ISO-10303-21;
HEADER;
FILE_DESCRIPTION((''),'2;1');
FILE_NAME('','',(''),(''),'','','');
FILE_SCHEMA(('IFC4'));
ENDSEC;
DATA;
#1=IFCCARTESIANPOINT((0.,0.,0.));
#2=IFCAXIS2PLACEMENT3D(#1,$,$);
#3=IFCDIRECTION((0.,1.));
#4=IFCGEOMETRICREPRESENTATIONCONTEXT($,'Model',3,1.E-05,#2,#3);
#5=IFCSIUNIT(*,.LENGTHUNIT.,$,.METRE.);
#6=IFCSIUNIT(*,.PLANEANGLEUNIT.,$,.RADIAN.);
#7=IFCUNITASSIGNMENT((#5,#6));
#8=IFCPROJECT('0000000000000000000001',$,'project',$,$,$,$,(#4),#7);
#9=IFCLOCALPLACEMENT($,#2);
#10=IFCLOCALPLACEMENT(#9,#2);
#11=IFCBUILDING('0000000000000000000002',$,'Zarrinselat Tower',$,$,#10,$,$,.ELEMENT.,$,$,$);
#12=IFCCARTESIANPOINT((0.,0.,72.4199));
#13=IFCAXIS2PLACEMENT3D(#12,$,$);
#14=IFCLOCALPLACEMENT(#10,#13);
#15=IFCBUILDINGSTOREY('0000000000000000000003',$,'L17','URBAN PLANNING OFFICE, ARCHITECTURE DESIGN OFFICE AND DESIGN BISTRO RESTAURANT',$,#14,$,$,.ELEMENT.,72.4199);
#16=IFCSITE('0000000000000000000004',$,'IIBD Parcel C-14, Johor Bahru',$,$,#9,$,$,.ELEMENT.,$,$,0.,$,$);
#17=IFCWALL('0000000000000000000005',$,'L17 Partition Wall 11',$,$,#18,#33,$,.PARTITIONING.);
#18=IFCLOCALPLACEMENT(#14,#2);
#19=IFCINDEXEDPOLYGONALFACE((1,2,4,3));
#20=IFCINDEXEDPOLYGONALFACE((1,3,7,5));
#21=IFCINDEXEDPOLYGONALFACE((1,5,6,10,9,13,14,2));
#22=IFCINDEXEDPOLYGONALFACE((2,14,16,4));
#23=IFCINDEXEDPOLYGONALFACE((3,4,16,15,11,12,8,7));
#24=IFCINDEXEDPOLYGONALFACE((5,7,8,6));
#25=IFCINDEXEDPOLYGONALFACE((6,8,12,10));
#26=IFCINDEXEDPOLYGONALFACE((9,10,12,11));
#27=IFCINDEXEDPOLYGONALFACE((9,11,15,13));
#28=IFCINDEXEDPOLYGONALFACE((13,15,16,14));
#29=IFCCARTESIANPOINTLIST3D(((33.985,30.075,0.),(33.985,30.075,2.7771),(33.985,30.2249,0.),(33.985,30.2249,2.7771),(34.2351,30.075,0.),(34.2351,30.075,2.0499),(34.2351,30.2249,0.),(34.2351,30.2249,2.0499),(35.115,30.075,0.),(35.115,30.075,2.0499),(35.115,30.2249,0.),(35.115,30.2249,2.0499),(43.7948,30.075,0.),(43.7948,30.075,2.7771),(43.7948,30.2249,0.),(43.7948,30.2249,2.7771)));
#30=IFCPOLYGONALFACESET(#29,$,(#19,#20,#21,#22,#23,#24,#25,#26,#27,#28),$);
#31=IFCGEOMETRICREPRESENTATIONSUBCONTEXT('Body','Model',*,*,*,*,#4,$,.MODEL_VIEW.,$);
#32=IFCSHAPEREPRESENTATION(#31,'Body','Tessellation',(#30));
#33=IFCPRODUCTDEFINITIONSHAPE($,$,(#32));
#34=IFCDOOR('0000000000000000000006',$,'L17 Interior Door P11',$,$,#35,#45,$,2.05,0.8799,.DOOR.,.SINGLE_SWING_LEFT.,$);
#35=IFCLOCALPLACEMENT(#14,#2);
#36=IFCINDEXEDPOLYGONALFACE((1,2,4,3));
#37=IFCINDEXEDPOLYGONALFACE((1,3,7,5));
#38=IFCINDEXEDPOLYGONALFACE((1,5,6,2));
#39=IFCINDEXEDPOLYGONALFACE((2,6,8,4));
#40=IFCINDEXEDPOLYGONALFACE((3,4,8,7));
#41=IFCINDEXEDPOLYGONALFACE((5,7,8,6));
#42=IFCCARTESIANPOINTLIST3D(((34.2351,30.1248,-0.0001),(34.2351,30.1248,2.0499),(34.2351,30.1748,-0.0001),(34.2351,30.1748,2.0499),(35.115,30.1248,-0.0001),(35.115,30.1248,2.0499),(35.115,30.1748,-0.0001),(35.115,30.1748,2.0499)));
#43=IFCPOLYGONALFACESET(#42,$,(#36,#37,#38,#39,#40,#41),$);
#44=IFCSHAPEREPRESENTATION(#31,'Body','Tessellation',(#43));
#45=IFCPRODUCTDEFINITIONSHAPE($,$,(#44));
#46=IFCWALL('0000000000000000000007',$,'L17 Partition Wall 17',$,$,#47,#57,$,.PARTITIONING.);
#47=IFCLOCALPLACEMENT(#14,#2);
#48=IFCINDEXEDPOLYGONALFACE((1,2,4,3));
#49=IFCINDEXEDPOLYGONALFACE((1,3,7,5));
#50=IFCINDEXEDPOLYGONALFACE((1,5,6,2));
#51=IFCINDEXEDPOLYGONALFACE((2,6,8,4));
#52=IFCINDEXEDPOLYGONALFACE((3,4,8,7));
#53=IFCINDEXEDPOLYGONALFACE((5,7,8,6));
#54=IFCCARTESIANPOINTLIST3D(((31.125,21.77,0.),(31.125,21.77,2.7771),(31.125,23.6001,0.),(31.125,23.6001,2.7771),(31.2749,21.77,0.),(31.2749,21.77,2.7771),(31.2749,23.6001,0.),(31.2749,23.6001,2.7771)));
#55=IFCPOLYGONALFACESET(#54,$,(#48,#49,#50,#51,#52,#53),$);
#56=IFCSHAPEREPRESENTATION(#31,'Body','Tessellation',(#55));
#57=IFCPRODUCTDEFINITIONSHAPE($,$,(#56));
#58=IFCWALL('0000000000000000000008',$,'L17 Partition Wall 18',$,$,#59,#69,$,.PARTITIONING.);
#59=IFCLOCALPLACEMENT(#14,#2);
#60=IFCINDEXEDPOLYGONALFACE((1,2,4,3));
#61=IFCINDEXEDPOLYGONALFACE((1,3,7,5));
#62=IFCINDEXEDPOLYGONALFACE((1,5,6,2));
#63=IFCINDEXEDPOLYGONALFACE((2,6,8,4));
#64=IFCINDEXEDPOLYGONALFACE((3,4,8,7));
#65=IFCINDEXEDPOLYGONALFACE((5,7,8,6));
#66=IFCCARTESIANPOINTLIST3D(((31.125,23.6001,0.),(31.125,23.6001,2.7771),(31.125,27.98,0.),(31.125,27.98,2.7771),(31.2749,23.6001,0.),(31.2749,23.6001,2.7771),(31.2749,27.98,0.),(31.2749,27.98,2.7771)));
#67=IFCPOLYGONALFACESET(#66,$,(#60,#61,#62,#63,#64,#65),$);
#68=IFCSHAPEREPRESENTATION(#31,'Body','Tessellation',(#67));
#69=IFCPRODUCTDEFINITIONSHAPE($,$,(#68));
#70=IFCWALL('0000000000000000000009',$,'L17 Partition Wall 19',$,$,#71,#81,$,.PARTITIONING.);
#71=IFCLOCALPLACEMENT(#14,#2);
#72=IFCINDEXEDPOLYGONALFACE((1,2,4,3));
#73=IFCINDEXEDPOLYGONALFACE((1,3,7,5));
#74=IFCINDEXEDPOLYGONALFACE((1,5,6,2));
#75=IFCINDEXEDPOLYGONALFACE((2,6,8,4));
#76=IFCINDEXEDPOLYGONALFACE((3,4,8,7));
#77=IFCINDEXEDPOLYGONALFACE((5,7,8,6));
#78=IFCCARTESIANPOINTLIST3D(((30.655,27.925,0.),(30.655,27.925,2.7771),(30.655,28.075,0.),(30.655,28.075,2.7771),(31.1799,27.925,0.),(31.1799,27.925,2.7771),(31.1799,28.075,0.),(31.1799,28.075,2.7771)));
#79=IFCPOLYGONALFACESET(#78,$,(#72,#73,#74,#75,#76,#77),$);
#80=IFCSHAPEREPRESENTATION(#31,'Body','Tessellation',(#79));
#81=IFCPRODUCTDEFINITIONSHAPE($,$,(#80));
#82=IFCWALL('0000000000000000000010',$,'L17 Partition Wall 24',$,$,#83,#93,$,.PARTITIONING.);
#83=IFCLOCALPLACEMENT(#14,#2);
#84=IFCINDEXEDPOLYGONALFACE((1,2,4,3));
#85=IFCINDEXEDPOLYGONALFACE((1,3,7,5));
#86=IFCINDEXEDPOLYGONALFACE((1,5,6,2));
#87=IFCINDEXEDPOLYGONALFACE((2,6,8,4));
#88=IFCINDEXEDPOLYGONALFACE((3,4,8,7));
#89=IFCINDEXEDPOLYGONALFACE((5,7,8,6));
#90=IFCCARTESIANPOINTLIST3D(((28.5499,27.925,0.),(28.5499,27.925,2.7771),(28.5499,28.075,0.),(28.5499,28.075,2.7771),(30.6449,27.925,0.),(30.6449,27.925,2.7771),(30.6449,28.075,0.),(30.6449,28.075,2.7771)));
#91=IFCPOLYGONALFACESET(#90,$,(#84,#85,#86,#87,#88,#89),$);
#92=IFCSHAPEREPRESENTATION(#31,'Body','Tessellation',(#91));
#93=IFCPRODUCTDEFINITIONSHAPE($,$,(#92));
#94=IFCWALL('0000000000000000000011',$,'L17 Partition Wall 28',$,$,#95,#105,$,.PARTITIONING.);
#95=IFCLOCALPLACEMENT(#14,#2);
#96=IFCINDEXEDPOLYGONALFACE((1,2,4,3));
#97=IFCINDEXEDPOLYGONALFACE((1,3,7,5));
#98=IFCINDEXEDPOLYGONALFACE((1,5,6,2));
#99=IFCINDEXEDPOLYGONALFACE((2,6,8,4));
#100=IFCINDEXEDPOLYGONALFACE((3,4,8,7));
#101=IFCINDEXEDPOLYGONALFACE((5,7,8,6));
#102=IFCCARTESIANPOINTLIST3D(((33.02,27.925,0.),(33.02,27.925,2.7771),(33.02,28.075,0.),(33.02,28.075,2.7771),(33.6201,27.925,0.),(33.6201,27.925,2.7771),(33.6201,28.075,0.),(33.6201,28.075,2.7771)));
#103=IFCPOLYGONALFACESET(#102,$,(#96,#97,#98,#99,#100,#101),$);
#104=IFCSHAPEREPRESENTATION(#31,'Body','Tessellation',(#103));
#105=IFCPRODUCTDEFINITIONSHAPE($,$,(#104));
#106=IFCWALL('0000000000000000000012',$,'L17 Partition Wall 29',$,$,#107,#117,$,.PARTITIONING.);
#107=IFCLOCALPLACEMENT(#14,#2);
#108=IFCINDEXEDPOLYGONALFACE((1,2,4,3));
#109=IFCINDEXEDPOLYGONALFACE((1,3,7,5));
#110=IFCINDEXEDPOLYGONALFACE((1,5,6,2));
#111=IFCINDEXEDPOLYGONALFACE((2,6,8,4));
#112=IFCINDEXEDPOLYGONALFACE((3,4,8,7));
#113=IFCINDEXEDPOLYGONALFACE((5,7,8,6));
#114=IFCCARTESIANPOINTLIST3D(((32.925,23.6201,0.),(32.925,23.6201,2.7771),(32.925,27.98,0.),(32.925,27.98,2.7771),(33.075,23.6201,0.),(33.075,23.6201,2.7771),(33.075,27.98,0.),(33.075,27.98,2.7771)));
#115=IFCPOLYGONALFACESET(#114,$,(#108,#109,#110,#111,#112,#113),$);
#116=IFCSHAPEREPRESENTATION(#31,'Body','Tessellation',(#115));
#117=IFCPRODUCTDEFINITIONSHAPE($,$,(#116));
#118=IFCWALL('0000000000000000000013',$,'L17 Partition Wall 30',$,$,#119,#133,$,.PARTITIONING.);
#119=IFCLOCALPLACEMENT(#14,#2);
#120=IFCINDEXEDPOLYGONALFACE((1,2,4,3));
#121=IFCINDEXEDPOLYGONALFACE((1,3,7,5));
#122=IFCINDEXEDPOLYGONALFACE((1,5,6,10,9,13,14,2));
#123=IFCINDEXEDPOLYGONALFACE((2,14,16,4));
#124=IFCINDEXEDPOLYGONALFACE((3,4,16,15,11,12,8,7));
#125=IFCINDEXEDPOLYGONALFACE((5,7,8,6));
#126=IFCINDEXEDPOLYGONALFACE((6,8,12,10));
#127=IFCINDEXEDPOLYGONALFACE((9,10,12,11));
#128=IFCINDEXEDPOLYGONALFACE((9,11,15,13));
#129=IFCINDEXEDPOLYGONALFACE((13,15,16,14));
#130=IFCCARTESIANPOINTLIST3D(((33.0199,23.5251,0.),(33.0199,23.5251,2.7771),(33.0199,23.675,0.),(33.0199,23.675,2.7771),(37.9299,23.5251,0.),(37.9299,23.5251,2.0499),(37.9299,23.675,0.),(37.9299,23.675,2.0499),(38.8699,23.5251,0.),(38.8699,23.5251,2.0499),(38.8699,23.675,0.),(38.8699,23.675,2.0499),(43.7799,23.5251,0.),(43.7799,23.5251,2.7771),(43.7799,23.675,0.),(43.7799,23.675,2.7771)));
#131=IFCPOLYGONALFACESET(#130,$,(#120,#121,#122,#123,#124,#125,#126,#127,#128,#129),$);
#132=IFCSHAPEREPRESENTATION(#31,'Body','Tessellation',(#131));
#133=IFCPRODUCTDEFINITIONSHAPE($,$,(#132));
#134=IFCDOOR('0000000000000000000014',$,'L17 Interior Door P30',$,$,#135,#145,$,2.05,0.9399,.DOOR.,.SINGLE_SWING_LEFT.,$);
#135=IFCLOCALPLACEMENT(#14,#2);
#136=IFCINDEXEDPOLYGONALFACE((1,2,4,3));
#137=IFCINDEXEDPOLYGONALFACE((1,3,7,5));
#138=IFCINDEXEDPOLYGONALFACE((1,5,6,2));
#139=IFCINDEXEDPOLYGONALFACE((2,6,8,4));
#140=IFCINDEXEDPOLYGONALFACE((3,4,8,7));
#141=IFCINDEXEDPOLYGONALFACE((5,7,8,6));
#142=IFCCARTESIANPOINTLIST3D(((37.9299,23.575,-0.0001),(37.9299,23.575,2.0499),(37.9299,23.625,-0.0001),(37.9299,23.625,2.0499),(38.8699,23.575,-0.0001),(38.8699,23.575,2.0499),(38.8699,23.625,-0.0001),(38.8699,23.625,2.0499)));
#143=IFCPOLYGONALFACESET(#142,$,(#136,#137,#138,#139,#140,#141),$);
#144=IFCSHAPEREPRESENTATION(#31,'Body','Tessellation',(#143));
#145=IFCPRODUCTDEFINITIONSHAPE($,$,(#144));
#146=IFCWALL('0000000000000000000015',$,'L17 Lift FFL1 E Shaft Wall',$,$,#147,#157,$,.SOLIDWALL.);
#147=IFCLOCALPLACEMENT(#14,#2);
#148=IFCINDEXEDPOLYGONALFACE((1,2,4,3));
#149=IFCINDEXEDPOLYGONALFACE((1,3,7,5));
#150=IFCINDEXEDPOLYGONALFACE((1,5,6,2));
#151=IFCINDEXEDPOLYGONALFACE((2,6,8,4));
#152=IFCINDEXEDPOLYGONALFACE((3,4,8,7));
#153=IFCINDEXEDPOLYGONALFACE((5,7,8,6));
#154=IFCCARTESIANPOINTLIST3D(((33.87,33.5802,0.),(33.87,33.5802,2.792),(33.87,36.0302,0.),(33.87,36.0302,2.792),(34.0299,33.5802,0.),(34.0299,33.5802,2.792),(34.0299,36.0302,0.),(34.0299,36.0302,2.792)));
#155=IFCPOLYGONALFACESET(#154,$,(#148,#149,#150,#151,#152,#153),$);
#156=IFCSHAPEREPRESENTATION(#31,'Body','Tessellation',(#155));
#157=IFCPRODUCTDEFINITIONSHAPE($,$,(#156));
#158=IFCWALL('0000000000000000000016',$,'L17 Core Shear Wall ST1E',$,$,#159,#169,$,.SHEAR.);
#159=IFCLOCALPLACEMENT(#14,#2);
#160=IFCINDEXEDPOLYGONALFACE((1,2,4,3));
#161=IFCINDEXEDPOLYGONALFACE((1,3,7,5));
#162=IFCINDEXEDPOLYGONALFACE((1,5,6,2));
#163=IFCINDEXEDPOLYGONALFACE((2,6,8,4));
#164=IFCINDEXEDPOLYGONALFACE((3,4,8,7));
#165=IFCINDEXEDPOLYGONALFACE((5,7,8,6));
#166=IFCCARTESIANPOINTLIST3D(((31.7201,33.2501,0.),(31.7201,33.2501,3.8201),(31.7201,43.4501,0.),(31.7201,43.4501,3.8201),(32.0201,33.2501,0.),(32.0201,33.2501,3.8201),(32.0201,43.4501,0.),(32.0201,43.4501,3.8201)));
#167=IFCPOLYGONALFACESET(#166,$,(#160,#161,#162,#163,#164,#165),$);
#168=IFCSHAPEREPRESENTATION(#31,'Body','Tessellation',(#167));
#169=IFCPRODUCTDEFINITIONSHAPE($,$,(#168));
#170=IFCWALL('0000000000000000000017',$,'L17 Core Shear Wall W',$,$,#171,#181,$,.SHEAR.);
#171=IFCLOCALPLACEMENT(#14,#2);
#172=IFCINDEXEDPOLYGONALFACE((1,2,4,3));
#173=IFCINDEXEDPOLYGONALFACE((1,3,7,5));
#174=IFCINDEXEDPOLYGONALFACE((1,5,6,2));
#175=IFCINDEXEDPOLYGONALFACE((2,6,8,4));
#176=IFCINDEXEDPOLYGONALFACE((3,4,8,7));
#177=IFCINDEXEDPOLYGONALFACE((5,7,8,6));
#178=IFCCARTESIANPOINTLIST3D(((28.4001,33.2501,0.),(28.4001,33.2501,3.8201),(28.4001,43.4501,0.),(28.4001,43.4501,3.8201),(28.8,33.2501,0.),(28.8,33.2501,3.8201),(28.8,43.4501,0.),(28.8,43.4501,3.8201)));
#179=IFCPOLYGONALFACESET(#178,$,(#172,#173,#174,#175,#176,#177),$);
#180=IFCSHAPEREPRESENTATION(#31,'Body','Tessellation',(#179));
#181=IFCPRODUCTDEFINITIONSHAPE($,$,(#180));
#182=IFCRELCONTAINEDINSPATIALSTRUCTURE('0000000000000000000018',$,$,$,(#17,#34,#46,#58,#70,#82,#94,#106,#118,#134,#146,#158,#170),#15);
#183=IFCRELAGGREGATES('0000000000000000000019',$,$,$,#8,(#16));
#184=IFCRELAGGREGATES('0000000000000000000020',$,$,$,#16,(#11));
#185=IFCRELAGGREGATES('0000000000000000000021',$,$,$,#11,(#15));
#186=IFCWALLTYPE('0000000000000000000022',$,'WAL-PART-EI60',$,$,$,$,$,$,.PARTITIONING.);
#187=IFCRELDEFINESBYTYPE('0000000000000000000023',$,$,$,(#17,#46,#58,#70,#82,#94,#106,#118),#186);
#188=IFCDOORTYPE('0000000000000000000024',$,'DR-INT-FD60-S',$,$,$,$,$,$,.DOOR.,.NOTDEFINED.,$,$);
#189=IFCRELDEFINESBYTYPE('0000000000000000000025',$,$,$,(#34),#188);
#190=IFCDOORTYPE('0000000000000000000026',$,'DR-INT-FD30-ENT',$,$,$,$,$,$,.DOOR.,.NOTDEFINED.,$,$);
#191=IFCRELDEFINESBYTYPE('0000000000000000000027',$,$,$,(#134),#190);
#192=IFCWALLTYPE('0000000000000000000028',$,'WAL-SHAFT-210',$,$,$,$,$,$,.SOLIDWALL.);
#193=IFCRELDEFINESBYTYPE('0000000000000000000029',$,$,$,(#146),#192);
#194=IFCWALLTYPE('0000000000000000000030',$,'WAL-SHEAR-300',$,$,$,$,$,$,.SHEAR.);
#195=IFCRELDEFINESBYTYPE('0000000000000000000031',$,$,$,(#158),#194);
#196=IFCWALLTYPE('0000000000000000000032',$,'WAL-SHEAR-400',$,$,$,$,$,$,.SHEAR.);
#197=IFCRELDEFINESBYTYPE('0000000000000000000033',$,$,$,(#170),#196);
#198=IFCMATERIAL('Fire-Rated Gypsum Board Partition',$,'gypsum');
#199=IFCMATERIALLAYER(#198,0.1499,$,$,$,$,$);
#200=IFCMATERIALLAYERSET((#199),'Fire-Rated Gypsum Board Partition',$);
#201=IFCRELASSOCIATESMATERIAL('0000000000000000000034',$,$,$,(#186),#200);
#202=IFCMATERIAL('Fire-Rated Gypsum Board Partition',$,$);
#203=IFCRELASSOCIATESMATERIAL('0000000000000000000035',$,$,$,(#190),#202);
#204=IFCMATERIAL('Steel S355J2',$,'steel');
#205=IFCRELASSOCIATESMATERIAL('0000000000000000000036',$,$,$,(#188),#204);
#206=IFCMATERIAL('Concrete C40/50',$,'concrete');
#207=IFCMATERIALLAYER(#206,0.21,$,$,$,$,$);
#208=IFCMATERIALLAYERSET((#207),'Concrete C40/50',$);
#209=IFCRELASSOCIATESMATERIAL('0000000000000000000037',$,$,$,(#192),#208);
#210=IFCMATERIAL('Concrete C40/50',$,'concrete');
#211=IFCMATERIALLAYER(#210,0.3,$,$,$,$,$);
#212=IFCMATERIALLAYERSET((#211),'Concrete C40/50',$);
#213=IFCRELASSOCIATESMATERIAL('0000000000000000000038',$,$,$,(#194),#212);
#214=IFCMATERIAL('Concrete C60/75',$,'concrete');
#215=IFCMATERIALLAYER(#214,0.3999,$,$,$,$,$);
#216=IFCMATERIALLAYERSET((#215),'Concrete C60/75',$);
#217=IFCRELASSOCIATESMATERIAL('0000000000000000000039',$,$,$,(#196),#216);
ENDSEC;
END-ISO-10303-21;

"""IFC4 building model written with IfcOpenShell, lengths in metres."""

from ifc_helpers import new_model, si_unit, direction, frame, frame_2d, origin, place, context, subcontext, project, spatial, rectangle, extrude, material, layer, layer_set, type_object, element, fill, save


model = new_model("IFC4")

# Units and contexts
model_context = context("Model", 3, precision=1e-05, world=origin(), true_north=direction((0.0, 1.0)))
body_context = subcontext(model_context, "Body", "Model", "MODEL_VIEW")
ifc_project = project(units=[si_unit("LENGTHUNIT", "METRE"), si_unit("PLANEANGLEUNIT", "RADIAN")], contexts=[model_context])

# Site, building, storey
site_placement = place(None, origin())
site = spatial("IfcSite", under=ifc_project, at=site_placement, Name="IIBD Parcel C-14, Johor Bahru", CompositionType="ELEMENT", RefElevation=0.0)
building_placement = place(site_placement, origin())
building = spatial("IfcBuilding", under=site, at=building_placement, Name="Zarrinselat Tower", CompositionType="ELEMENT")
storey_placement = place(building_placement, frame((0.0, 0.0, 72.4199)))
storey = spatial("IfcBuildingStorey", under=building, at=storey_placement, Name="L17", Description="URBAN PLANNING OFFICE, ARCHITECTURE DESIGN OFFICE AND DESIGN BISTRO RESTAURANT", CompositionType="ELEMENT", Elevation=72.4199)

# Shared definitions
ifc_material_1 = material(Name="Fire-Rated Gypsum Board Partition", Category="gypsum")
ifc_layer_1 = layer(ifc_material_1, 0.1499)
ifc_layer_set_1 = layer_set([ifc_layer_1], Name="Fire-Rated Gypsum Board Partition")
wall_type_1 = type_object("IfcWallType", Name="WAL-PART-EI60", PredefinedType="PARTITIONING", material=ifc_layer_set_1)
ifc_material_2 = material(Name="Fire-Rated Gypsum Board Partition")
door_type_1 = type_object("IfcDoorType", Name="DR-INT-FD30-ENT", OperationType="NOTDEFINED", PredefinedType="DOOR", material=ifc_material_2)

# Wall, opening, door
wall_1_placement = place(storey_placement, frame((33.9851, 30.1499, 0.0), z_axis=(0.0, 0.0, 1.0), x_axis=(1.0, 0.0, 0.0)))
wall_1 = element("IfcWall", 1, at=wall_1_placement, inside=storey, type_object=wall_type_1, Name="L17 Partition Wall 11", PredefinedType="PARTITIONING", context=body_context, shape_type="SweptSolid", body=[
    extrude(rectangle(XDim=9.8098, YDim=0.1499, at=frame_2d((4.9048, 0.0))), origin(), (0.0, 0.0, 1.0), 2.7771),
])
opening_1_placement = place(wall_1_placement, frame((0.25, 0.0, 0.0)))
opening_1 = element("IfcOpeningElement", 2, at=opening_1_placement, cuts=wall_1, PredefinedType="OPENING", context=body_context, shape_type="SweptSolid", body=[
    extrude(rectangle(XDim=0.8799, YDim=2.05, at=frame_2d((0.4399, 1.0249))), frame((0.0, 0.085, 0.0), z_axis=(0.0, -1.0, 0.0), x_axis=(1.0, 0.0, 0.0)), (0.0, 0.0, 1.0), 0.1699),
])
ifc_material_3 = material(Name="Steel S355J2", Category="steel")
door_type_2 = type_object("IfcDoorType", Name="DR-INT-FD60-S", OperationType="NOTDEFINED", PredefinedType="DOOR", material=ifc_material_3)
door_1_placement = place(opening_1_placement, origin())
door_1 = element("IfcDoor", 3, at=door_1_placement, inside=storey, type_object=door_type_2, Name="L17 Interior Door P11", OperationType="SINGLE_SWING_LEFT", OverallHeight=2.05, OverallWidth=0.8799, PredefinedType="DOOR", context=body_context, shape_type="SweptSolid", body=[
    extrude(rectangle(XDim=0.8799, YDim=2.05, at=frame_2d((0.4399, 1.0249))), frame((0.0, 0.0249, 0.0), z_axis=(0.0, -1.0, 0.0), x_axis=(1.0, 0.0, 0.0)), (0.0, 0.0, 1.0), 0.05),
])
fill(opening_1, door_1)

# Walls
wall_2_placement = place(storey_placement, frame((31.2, 21.77, 0.0), z_axis=(0.0, 0.0, 1.0), x_axis=(0.0, 1.0, 0.0)))
element("IfcWall", 4, at=wall_2_placement, inside=storey, type_object=wall_type_1, Name="L17 Partition Wall 17", PredefinedType="PARTITIONING", context=body_context, shape_type="SweptSolid", body=[
    extrude(rectangle(XDim=1.8301, YDim=0.1499, at=frame_2d((0.915, 0.0))), origin(), (0.0, 0.0, 1.0), 2.7771),
])
wall_3_placement = place(storey_placement, frame((31.2, 23.6001, 0.0), z_axis=(0.0, 0.0, 1.0), x_axis=(0.0, 1.0, 0.0)))
element("IfcWall", 5, at=wall_3_placement, inside=storey, type_object=wall_type_1, Name="L17 Partition Wall 18", PredefinedType="PARTITIONING", context=body_context, shape_type="SweptSolid", body=[
    extrude(rectangle(XDim=4.3799, YDim=0.1499, at=frame_2d((2.1899, 0.0))), origin(), (0.0, 0.0, 1.0), 2.7771),
])
wall_4_placement = place(storey_placement, frame((30.655, 28.0, 0.0), z_axis=(0.0, 0.0, 1.0), x_axis=(1.0, 0.0, 0.0)))
element("IfcWall", 6, at=wall_4_placement, inside=storey, type_object=wall_type_1, Name="L17 Partition Wall 19", PredefinedType="PARTITIONING", context=body_context, shape_type="SweptSolid", body=[
    extrude(rectangle(XDim=0.5249, YDim=0.1499, at=frame_2d((0.2625, 0.0))), origin(), (0.0, 0.0, 1.0), 2.7771),
])
wall_5_placement = place(storey_placement, frame((28.55, 28.0, 0.0), z_axis=(0.0, 0.0, 1.0), x_axis=(1.0, 0.0, 0.0)))
element("IfcWall", 7, at=wall_5_placement, inside=storey, type_object=wall_type_1, Name="L17 Partition Wall 24", PredefinedType="PARTITIONING", context=body_context, shape_type="SweptSolid", body=[
    extrude(rectangle(XDim=2.095, YDim=0.1499, at=frame_2d((1.0474, 0.0))), origin(), (0.0, 0.0, 1.0), 2.7771),
])
wall_6_placement = place(storey_placement, frame((33.02, 28.0, 0.0), z_axis=(0.0, 0.0, 1.0), x_axis=(1.0, 0.0, 0.0)))
element("IfcWall", 8, at=wall_6_placement, inside=storey, type_object=wall_type_1, Name="L17 Partition Wall 28", PredefinedType="PARTITIONING", context=body_context, shape_type="SweptSolid", body=[
    extrude(rectangle(XDim=0.6001, YDim=0.1499, at=frame_2d((0.3, 0.0))), origin(), (0.0, 0.0, 1.0), 2.7771),
])
wall_7_placement = place(storey_placement, frame((33.0, 23.6201, 0.0), z_axis=(0.0, 0.0, 1.0), x_axis=(0.0, 1.0, 0.0)))
element("IfcWall", 9, at=wall_7_placement, inside=storey, type_object=wall_type_1, Name="L17 Partition Wall 29", PredefinedType="PARTITIONING", context=body_context, shape_type="SweptSolid", body=[
    extrude(rectangle(XDim=4.3599, YDim=0.1499, at=frame_2d((2.1799, 0.0))), origin(), (0.0, 0.0, 1.0), 2.7771),
])

# Wall, opening, door
wall_8_placement = place(storey_placement, frame((33.02, 23.6001, 0.0), z_axis=(0.0, 0.0, 1.0), x_axis=(1.0, 0.0, 0.0)))
wall_8 = element("IfcWall", 10, at=wall_8_placement, inside=storey, type_object=wall_type_1, Name="L17 Partition Wall 30", PredefinedType="PARTITIONING", context=body_context, shape_type="SweptSolid", body=[
    extrude(rectangle(XDim=10.76, YDim=0.1499, at=frame_2d((5.3799, 0.0))), origin(), (0.0, 0.0, 1.0), 2.7771),
])
opening_2_placement = place(wall_8_placement, frame((4.9099, 0.0, 0.0)))
opening_2 = element("IfcOpeningElement", 11, at=opening_2_placement, cuts=wall_8, PredefinedType="OPENING", context=body_context, shape_type="SweptSolid", body=[
    extrude(rectangle(XDim=0.9399, YDim=2.05, at=frame_2d((0.47, 1.0249))), frame((0.0, 0.085, 0.0), z_axis=(0.0, -1.0, 0.0), x_axis=(1.0, 0.0, 0.0)), (0.0, 0.0, 1.0), 0.1699),
])
door_2_placement = place(opening_2_placement, origin())
door_2 = element("IfcDoor", 12, at=door_2_placement, inside=storey, type_object=door_type_1, Name="L17 Interior Door P30", OperationType="SINGLE_SWING_LEFT", OverallHeight=2.05, OverallWidth=0.9399, PredefinedType="DOOR", context=body_context, shape_type="SweptSolid", body=[
    extrude(rectangle(XDim=0.9399, YDim=2.05, at=frame_2d((0.47, 1.0249))), frame((0.0, 0.0249, 0.0), z_axis=(0.0, -1.0, 0.0), x_axis=(1.0, 0.0, 0.0)), (0.0, 0.0, 1.0), 0.05),
])
fill(opening_2, door_2)

# Walls
ifc_material_4 = material(Name="Concrete C40/50", Category="concrete")
ifc_layer_2 = layer(ifc_material_4, 0.21)
ifc_layer_set_2 = layer_set([ifc_layer_2], Name="Concrete C40/50")
wall_type_2 = type_object("IfcWallType", Name="WAL-SHAFT-210", PredefinedType="SOLIDWALL", material=ifc_layer_set_2)
wall_9_placement = place(storey_placement, frame((33.95, 33.5801, 0.0), z_axis=(0.0, 0.0, 1.0), x_axis=(0.0, 1.0, 0.0)))
element("IfcWall", 13, at=wall_9_placement, inside=storey, type_object=wall_type_2, Name="L17 Lift FFL1 E Shaft Wall", PredefinedType="SOLIDWALL", context=body_context, shape_type="SweptSolid", body=[
    extrude(rectangle(XDim=2.45, YDim=0.1599, at=frame_2d((1.2251, 0.0))), origin(), (0.0, 0.0, 1.0), 2.792),
])
ifc_material_5 = material(Name="Concrete C40/50", Category="concrete")
ifc_layer_3 = layer(ifc_material_5, 0.3)
ifc_layer_set_3 = layer_set([ifc_layer_3], Name="Concrete C40/50")
wall_type_3 = type_object("IfcWallType", Name="WAL-SHEAR-300", PredefinedType="SHEAR", material=ifc_layer_set_3)
wall_10_placement = place(storey_placement, frame((31.8701, 33.25, 0.0), z_axis=(0.0, 0.0, 1.0), x_axis=(0.0, 1.0, 0.0)))
element("IfcWall", 14, at=wall_10_placement, inside=storey, type_object=wall_type_3, Name="L17 Core Shear Wall ST1E", PredefinedType="SHEAR", context=body_context, shape_type="SweptSolid", body=[
    extrude(rectangle(XDim=10.2, YDim=0.3, at=frame_2d((5.1001, 0.0))), origin(), (0.0, 0.0, 1.0), 3.8201),
])

# Shared definitions
ifc_material_6 = material(Name="Concrete C60/75", Category="concrete")
ifc_layer_4 = layer(ifc_material_6, 0.3999)
ifc_layer_set_4 = layer_set([ifc_layer_4], Name="Concrete C60/75")
wall_type_4 = type_object("IfcWallType", Name="WAL-SHEAR-400", PredefinedType="SHEAR", material=ifc_layer_set_4)

# Wall
wall_11_placement = place(storey_placement, frame((28.6001, 33.25, 0.0), z_axis=(0.0, 0.0, 1.0), x_axis=(0.0, 1.0, 0.0)))
element("IfcWall", 15, at=wall_11_placement, inside=storey, type_object=wall_type_4, Name="L17 Core Shear Wall W", PredefinedType="SHEAR", context=body_context, shape_type="SweptSolid", body=[
    extrude(rectangle(XDim=10.2, YDim=0.3999, at=frame_2d((5.1001, 0.0))), origin(), (0.0, 0.0, 1.0), 3.8201),
])

save(model, "model.ifc")
